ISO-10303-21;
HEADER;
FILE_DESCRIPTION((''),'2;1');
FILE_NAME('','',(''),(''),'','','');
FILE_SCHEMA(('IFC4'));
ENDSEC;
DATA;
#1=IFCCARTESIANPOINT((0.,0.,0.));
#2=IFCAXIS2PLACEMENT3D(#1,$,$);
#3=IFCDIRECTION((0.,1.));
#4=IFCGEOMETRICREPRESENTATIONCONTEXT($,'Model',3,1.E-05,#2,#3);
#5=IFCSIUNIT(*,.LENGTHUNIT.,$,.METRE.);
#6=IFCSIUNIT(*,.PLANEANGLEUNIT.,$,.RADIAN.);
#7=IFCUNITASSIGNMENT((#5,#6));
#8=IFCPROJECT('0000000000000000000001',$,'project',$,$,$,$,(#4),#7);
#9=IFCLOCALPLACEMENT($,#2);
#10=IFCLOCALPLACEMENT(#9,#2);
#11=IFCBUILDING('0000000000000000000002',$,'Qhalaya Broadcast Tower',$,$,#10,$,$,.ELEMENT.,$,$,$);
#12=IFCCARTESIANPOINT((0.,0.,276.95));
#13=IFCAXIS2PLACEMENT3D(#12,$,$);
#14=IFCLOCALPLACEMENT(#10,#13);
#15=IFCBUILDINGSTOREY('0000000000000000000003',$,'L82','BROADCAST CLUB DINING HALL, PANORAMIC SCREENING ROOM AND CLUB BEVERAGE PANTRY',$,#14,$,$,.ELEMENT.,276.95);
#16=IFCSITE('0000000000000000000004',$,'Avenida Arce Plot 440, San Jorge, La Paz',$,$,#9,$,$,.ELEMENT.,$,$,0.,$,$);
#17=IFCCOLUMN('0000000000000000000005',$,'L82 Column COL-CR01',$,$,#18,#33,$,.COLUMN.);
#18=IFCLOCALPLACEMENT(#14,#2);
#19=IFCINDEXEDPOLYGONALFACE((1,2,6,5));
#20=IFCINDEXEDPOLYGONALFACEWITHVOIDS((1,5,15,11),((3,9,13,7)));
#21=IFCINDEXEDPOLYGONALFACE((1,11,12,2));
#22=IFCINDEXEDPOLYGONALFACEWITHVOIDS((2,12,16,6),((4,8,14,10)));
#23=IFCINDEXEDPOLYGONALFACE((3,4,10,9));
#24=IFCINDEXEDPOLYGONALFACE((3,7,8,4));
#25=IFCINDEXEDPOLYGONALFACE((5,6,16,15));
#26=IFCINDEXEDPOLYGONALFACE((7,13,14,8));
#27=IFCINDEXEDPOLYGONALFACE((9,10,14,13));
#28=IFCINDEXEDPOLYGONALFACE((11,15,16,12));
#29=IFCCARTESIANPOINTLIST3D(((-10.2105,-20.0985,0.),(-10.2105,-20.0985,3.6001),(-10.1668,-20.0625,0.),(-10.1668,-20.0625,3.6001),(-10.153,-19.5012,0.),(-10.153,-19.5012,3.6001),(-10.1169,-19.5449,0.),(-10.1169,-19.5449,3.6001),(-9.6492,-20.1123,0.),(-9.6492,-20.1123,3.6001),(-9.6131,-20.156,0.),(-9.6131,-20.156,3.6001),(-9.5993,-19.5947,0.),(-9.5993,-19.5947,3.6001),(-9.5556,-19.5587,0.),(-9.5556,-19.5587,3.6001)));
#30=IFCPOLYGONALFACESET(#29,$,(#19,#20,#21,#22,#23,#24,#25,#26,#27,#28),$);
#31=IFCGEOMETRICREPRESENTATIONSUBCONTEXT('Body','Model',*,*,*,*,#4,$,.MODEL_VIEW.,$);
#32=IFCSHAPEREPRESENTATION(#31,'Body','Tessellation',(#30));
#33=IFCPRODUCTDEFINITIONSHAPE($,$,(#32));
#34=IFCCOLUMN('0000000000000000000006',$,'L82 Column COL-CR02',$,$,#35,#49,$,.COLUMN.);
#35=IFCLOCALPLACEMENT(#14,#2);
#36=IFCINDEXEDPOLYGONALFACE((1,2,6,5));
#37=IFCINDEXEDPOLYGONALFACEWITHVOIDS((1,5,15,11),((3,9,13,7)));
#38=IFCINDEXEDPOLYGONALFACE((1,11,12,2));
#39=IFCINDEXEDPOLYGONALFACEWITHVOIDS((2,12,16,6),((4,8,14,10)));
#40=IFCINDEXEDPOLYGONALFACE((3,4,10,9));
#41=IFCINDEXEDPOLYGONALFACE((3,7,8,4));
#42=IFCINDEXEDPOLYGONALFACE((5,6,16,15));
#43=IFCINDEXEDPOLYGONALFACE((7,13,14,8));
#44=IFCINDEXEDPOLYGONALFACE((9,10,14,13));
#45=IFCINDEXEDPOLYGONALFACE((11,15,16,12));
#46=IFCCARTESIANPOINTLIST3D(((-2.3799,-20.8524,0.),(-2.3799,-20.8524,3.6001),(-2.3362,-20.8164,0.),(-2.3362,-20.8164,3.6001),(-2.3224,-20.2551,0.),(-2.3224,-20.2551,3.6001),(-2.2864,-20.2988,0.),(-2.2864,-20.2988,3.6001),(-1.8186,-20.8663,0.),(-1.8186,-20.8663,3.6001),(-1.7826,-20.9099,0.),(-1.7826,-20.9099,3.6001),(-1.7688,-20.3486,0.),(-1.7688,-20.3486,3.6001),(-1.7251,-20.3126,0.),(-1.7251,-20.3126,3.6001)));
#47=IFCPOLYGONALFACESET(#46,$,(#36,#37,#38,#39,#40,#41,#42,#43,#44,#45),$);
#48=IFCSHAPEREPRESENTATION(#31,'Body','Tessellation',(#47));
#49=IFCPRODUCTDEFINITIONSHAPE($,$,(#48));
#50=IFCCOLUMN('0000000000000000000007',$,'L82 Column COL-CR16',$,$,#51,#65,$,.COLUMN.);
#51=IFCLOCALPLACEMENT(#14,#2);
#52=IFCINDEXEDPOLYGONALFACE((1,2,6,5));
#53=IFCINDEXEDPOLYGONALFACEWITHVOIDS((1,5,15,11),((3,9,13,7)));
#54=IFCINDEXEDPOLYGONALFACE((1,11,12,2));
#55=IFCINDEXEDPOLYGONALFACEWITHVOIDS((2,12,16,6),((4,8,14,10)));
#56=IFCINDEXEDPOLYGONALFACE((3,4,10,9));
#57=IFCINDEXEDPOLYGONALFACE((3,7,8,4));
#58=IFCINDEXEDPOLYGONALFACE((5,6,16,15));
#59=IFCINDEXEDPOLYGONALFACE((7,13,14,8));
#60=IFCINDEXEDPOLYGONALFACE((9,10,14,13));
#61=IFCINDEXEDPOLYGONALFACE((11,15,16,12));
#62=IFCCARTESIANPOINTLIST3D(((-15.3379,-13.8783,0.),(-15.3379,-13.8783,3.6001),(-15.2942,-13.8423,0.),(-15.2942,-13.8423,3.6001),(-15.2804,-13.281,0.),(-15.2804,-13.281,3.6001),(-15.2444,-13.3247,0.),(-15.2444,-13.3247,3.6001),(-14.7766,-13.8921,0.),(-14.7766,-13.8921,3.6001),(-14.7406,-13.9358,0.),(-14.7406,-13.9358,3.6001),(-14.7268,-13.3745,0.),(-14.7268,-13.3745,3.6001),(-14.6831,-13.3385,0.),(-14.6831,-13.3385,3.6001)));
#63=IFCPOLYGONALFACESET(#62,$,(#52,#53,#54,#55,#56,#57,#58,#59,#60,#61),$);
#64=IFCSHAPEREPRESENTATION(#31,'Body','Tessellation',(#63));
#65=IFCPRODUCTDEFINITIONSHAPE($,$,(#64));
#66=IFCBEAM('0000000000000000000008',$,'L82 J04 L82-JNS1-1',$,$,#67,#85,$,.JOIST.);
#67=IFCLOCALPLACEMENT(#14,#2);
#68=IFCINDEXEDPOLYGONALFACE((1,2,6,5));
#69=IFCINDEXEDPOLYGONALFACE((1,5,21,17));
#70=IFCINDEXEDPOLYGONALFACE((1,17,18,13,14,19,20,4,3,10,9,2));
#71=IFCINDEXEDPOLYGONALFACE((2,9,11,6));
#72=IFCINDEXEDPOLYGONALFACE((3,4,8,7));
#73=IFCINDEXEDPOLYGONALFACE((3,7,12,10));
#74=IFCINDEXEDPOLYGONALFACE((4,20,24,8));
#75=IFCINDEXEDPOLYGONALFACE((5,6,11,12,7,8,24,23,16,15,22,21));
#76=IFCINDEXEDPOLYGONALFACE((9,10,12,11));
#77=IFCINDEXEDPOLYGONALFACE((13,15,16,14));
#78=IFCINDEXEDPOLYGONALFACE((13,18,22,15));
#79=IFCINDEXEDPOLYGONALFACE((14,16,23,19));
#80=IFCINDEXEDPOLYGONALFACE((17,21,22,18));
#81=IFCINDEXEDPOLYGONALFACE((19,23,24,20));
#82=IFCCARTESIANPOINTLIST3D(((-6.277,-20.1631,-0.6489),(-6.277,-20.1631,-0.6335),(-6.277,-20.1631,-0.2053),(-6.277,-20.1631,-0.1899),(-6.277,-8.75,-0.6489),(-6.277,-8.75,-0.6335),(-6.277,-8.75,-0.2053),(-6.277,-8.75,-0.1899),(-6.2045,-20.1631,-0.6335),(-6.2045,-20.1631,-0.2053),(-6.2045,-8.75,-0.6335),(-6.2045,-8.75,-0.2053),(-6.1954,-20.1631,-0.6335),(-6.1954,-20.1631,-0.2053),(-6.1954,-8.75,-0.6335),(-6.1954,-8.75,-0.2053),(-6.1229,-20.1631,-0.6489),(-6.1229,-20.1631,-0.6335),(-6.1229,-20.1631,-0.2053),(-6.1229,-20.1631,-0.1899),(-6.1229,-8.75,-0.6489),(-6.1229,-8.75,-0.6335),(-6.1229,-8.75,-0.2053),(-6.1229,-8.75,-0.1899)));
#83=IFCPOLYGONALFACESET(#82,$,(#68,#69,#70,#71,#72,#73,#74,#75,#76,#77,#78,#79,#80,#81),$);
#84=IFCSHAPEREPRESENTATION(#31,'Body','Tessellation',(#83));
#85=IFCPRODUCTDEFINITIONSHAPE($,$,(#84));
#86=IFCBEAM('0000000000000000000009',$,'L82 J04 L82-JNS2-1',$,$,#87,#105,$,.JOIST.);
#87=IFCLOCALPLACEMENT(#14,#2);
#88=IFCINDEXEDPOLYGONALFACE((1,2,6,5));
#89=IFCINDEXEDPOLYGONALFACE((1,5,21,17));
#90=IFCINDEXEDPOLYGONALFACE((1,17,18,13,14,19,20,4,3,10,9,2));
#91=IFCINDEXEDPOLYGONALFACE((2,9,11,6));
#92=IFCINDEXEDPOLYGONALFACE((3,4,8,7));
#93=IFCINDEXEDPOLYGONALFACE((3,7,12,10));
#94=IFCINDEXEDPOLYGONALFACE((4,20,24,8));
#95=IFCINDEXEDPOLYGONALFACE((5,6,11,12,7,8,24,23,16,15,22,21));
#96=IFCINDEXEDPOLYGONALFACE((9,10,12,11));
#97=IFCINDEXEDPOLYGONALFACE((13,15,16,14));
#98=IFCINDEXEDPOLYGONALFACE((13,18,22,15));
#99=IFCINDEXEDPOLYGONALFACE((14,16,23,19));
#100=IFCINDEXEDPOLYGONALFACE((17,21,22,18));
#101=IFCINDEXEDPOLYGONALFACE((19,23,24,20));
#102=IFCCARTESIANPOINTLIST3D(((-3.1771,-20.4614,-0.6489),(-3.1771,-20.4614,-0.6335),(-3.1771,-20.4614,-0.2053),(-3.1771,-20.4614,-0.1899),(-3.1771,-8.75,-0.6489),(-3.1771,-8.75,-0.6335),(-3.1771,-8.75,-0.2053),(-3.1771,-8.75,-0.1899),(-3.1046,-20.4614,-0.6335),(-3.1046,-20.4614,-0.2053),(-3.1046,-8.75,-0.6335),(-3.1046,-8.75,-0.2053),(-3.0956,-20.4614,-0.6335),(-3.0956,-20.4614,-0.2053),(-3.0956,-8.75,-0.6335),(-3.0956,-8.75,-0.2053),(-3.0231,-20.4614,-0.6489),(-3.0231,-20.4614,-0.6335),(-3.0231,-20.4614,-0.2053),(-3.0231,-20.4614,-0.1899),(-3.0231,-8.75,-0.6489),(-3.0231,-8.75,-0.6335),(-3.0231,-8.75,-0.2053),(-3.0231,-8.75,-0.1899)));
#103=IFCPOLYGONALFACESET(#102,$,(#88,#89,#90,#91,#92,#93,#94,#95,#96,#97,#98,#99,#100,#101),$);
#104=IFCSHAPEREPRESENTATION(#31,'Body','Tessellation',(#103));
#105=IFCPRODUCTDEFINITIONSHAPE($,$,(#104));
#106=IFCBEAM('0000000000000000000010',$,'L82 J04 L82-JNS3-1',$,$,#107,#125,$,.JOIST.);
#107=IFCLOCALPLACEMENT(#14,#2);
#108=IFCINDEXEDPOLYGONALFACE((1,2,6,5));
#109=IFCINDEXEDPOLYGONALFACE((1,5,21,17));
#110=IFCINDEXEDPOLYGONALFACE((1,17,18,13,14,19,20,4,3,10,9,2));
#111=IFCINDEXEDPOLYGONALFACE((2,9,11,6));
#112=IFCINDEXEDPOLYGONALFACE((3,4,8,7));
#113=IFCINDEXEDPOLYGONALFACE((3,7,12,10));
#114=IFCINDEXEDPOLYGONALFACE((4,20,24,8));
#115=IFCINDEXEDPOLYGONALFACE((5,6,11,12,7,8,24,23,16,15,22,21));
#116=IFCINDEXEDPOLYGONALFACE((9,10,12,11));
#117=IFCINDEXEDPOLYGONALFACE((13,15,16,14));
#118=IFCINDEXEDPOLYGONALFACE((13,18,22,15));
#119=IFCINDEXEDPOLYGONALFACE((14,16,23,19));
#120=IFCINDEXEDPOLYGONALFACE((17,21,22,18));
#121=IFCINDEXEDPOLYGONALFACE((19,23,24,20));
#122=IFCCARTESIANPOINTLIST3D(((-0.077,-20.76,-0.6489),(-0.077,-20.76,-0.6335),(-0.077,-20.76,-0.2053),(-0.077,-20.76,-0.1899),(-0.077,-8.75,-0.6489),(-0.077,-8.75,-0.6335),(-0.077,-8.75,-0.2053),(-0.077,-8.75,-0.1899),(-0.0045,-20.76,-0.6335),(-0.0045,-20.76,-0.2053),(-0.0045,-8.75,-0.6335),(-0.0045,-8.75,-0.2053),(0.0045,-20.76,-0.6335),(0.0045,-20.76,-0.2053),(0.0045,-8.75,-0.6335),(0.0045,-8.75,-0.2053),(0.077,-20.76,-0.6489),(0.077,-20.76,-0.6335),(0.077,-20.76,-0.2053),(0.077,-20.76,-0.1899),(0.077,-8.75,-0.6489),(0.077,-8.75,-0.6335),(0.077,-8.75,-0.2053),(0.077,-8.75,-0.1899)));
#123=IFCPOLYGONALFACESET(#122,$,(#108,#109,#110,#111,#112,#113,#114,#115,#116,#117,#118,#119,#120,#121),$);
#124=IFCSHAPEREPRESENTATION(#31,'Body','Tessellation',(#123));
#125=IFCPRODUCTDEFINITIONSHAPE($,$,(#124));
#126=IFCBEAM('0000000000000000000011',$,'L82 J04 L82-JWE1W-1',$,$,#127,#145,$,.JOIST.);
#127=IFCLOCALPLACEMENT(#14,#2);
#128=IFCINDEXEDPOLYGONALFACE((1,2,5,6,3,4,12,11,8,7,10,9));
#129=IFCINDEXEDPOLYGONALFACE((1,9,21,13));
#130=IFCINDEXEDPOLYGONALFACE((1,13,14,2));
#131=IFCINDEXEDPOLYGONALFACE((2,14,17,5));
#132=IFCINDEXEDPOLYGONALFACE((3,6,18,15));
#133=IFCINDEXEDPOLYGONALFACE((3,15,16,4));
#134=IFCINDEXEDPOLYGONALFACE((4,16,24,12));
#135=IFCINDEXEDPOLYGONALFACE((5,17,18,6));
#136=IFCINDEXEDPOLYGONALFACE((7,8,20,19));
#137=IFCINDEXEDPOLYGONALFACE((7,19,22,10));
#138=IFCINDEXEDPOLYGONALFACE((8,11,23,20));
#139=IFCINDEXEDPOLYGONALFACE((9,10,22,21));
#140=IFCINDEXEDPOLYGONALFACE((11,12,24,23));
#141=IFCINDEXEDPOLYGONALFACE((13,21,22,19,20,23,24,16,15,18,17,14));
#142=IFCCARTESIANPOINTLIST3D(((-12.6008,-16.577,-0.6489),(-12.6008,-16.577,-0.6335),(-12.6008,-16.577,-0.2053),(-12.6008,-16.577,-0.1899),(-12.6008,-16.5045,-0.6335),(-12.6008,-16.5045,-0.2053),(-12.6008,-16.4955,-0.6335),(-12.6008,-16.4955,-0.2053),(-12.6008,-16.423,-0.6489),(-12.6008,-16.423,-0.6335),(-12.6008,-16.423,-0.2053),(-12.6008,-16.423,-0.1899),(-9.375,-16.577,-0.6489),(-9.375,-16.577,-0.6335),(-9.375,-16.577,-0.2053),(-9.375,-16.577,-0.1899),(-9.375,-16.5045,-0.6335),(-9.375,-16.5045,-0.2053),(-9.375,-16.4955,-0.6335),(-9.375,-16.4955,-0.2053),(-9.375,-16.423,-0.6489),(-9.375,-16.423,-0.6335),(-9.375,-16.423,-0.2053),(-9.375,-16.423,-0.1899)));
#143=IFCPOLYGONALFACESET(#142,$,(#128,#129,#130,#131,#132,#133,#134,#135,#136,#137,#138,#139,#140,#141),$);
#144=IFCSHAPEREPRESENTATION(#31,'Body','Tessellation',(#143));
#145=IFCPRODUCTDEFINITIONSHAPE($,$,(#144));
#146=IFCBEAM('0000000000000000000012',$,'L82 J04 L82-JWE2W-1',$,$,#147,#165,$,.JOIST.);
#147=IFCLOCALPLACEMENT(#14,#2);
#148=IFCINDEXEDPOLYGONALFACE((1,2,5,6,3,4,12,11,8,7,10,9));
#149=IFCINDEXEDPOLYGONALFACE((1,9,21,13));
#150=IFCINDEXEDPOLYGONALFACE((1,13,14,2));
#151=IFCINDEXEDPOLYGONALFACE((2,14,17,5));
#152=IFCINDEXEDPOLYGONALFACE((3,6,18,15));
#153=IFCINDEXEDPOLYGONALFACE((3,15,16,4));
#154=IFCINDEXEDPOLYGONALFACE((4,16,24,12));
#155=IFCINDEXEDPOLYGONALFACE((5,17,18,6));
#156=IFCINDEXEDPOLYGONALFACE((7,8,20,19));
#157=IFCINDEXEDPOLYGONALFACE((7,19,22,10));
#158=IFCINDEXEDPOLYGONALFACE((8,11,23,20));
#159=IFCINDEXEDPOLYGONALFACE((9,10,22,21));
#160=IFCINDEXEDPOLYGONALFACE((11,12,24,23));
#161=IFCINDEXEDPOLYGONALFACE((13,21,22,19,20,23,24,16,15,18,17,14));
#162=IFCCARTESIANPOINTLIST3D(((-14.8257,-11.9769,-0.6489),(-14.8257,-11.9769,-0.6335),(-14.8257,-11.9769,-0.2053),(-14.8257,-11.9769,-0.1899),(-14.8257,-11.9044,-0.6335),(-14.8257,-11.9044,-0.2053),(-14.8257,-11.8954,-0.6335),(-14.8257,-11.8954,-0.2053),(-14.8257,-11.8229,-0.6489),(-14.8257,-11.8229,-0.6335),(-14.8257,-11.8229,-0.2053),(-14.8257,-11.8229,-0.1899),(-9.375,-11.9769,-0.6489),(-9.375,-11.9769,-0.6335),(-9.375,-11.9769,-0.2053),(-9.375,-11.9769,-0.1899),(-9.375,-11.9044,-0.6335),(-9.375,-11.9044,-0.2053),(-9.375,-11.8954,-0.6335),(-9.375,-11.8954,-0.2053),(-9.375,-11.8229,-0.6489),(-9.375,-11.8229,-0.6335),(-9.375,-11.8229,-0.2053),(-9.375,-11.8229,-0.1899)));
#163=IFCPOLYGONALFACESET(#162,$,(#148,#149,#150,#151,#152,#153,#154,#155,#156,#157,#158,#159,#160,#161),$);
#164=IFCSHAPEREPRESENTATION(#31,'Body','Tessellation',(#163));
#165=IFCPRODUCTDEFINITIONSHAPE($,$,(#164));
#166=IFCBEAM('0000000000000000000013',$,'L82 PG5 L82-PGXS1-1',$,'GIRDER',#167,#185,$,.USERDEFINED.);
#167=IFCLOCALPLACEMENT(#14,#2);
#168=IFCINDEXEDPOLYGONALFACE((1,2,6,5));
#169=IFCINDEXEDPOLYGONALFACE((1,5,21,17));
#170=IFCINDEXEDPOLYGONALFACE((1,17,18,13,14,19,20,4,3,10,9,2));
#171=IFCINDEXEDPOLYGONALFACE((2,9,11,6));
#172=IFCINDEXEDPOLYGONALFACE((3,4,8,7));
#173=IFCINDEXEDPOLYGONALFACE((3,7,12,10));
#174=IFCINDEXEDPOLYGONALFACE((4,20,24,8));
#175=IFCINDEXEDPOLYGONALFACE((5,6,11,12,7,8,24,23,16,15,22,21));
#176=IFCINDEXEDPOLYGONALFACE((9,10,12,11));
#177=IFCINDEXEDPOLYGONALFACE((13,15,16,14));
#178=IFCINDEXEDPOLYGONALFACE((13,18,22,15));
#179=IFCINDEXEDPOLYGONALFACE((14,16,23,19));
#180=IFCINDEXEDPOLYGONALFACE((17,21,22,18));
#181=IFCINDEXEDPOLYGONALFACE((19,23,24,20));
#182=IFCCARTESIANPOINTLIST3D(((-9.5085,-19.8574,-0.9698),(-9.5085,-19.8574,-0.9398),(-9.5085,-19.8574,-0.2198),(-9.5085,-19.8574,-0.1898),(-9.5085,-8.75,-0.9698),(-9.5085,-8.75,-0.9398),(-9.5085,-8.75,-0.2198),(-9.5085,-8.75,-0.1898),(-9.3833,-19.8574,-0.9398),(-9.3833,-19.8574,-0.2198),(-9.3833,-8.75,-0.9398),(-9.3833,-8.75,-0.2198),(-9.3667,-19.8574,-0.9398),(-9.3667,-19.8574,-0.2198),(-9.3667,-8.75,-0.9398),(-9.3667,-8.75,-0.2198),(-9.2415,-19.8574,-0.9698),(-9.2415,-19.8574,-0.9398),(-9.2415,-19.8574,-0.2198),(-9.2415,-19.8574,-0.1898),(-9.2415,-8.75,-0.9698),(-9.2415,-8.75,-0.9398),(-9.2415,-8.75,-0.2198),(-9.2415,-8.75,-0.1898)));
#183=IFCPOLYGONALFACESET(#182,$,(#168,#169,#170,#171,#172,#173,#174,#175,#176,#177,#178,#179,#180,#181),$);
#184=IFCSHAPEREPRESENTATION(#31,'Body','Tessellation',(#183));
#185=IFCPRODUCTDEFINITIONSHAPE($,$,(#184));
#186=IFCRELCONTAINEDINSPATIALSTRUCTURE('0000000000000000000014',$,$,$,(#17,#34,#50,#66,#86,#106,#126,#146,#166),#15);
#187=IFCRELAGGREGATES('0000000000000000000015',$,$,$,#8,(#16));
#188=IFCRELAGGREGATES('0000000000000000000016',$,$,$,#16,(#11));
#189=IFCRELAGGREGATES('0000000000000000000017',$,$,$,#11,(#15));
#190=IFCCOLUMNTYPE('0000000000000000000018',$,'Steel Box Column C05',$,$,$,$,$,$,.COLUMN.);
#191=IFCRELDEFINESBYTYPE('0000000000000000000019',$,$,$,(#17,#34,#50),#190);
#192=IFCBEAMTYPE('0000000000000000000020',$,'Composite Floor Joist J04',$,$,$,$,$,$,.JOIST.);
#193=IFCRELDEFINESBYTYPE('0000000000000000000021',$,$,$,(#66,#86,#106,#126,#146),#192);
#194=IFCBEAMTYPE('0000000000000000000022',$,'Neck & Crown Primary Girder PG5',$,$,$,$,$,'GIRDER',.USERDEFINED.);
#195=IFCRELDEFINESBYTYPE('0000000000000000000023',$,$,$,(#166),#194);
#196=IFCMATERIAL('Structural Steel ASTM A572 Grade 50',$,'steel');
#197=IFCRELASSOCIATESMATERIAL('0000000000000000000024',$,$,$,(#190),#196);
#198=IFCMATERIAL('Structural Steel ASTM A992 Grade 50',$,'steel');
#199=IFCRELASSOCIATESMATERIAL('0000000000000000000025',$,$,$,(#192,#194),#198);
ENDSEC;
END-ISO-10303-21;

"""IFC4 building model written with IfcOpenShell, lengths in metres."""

from ifc_helpers import new_model, si_unit, direction, frame, origin, origin_2d, place, context, subcontext, project, spatial, hollow_rectangle, i_section, extrude, material, material_profile, profile_set, type_object, element, save


model = new_model("IFC4")

# Units and contexts
model_context = context("Model", 3, precision=1e-05, world=origin(), true_north=direction((0.0, 1.0)))
body_context = subcontext(model_context, "Body", "Model", "MODEL_VIEW")
ifc_project = project(units=[si_unit("LENGTHUNIT", "METRE"), si_unit("PLANEANGLEUNIT", "RADIAN")], contexts=[model_context])

# Site, building, storey
site_placement = place(None, origin())
site = spatial("IfcSite", under=ifc_project, at=site_placement, Name="Avenida Arce Plot 440, San Jorge, La Paz", CompositionType="ELEMENT", RefElevation=0.0)
building_placement = place(site_placement, origin())
building = spatial("IfcBuilding", under=site, at=building_placement, Name="Qhalaya Broadcast Tower", CompositionType="ELEMENT")
storey_placement = place(building_placement, frame((0.0, 0.0, 276.95)))
storey = spatial("IfcBuildingStorey", under=building, at=storey_placement, Name="L82", Description="BROADCAST CLUB DINING HALL, PANORAMIC SCREENING ROOM AND CLUB BEVERAGE PANTRY", CompositionType="ELEMENT", Elevation=276.95)

# Columns
ifc_material_1 = material(Name="Structural Steel ASTM A572 Grade 50", Category="steel")
ifc_material_profile_1 = material_profile(ifc_material_1, hollow_rectangle(XDim=0.6001, YDim=0.6001, WallThickness=0.04, at=origin_2d()), Name="BOX 600x600x40")
ifc_profile_set_1 = profile_set([ifc_material_profile_1], Name="Structural Steel ASTM A572 Grade 50")
column_type = type_object("IfcColumnType", Name="Steel Box Column C05", PredefinedType="COLUMN", material=ifc_profile_set_1)
for number, where, z_axis, x_axis, name in (
    (1, (-9.8831, -19.8286, 0.0), (0.0, 0.0, 1.0), (0.995396, -0.095846, 0.0), "L82 Column COL-CR01"),
    (2, (-2.0525, -20.5825, 0.0), (0.0, 0.0, 1.0), (0.995396, -0.095846, 0.0), "L82 Column COL-CR02"),
    (3, (-15.0105, -13.6084, 0.0), (0.0, 0.0, 1.0), (0.095846, 0.995396, 0.0), "L82 Column COL-CR16"),
):
    element("IfcColumn", number, at=place(storey_placement, frame(where, z_axis=z_axis, x_axis=x_axis)), inside=storey, type_object=column_type, Name=name, PredefinedType="COLUMN", context=body_context, shape_type="SweptSolid", body=[
        extrude(hollow_rectangle(XDim=0.6001, YDim=0.6001, WallThickness=0.04, at=origin_2d()), origin(), (0.0, 0.0, 1.0), 3.6001),
    ])

# Beams
ifc_material_2 = material(Name="Structural Steel ASTM A992 Grade 50", Category="steel")
ifc_material_profile_2 = material_profile(ifc_material_2, i_section(OverallWidth=0.1541, OverallDepth=0.459, WebThickness=0.009, FlangeThickness=0.0154, at=origin_2d()), Name="W18X46")
ifc_profile_set_2 = profile_set([ifc_material_profile_2], Name="Structural Steel ASTM A992 Grade 50")
beam_type_1 = type_object("IfcBeamType", Name="Composite Floor Joist J04", PredefinedType="JOIST", material=ifc_profile_set_2)
beam_1_placement = place(storey_placement, frame((-6.2, -20.1631, -0.4194), z_axis=(0.0, 1.0, 0.0), x_axis=(-1.0, 0.0, 0.0)))
element("IfcBeam", 4, at=beam_1_placement, inside=storey, type_object=beam_type_1, Name="L82 J04 L82-JNS1-1", PredefinedType="JOIST", context=body_context, shape_type="SweptSolid", body=[
    extrude(i_section(OverallWidth=0.1541, OverallDepth=0.459, WebThickness=0.009, FlangeThickness=0.0154, at=origin_2d()), origin(), (0.0, 0.0, 1.0), 11.4131),
])
beam_2_placement = place(storey_placement, frame((-3.1001, -20.4614, -0.4194), z_axis=(0.0, 1.0, 0.0), x_axis=(-1.0, 0.0, 0.0)))
element("IfcBeam", 5, at=beam_2_placement, inside=storey, type_object=beam_type_1, Name="L82 J04 L82-JNS2-1", PredefinedType="JOIST", context=body_context, shape_type="SweptSolid", body=[
    extrude(i_section(OverallWidth=0.1541, OverallDepth=0.459, WebThickness=0.009, FlangeThickness=0.0154, at=origin_2d()), origin(), (0.0, 0.0, 1.0), 11.7114),
])
beam_3_placement = place(storey_placement, frame((0.0, -20.76, -0.4194), z_axis=(0.0, 1.0, 0.0), x_axis=(-1.0, 0.0, 0.0)))
element("IfcBeam", 6, at=beam_3_placement, inside=storey, type_object=beam_type_1, Name="L82 J04 L82-JNS3-1", PredefinedType="JOIST", context=body_context, shape_type="SweptSolid", body=[
    extrude(i_section(OverallWidth=0.1541, OverallDepth=0.459, WebThickness=0.009, FlangeThickness=0.0154, at=origin_2d()), origin(), (0.0, 0.0, 1.0), 12.01),
])
beam_4_placement = place(storey_placement, frame((-12.6008, -16.5, -0.4194), z_axis=(1.0, 0.0, 0.0), x_axis=(0.0, 1.0, 0.0)))
element("IfcBeam", 7, at=beam_4_placement, inside=storey, type_object=beam_type_1, Name="L82 J04 L82-JWE1W-1", PredefinedType="JOIST", context=body_context, shape_type="SweptSolid", body=[
    extrude(i_section(OverallWidth=0.1541, OverallDepth=0.459, WebThickness=0.009, FlangeThickness=0.0154, at=origin_2d()), origin(), (0.0, 0.0, 1.0), 3.2258),
])
beam_5_placement = place(storey_placement, frame((-14.8257, -11.8999, -0.4194), z_axis=(1.0, 0.0, 0.0), x_axis=(0.0, 1.0, 0.0)))
element("IfcBeam", 8, at=beam_5_placement, inside=storey, type_object=beam_type_1, Name="L82 J04 L82-JWE2W-1", PredefinedType="JOIST", context=body_context, shape_type="SweptSolid", body=[
    extrude(i_section(OverallWidth=0.1541, OverallDepth=0.459, WebThickness=0.009, FlangeThickness=0.0154, at=origin_2d()), origin(), (0.0, 0.0, 1.0), 5.4507),
])
ifc_material_profile_3 = material_profile(ifc_material_2, i_section(OverallWidth=0.2671, OverallDepth=0.78, WebThickness=0.0166, FlangeThickness=0.03, at=origin_2d()), Name="W30X148")
ifc_profile_set_3 = profile_set([ifc_material_profile_3], Name="Structural Steel ASTM A992 Grade 50")
beam_type_2 = type_object("IfcBeamType", Name="Neck & Crown Primary Girder PG5", ElementType="GIRDER", PredefinedType="USERDEFINED", material=ifc_profile_set_3)
beam_6_placement = place(storey_placement, frame((-9.375, -19.8574, -0.5798), z_axis=(0.0, 1.0, 0.0), x_axis=(-1.0, 0.0, 0.0)))
element("IfcBeam", 9, at=beam_6_placement, inside=storey, type_object=beam_type_2, Name="L82 PG5 L82-PGXS1-1", ObjectType="GIRDER", PredefinedType="USERDEFINED", context=body_context, shape_type="SweptSolid", body=[
    extrude(i_section(OverallWidth=0.2671, OverallDepth=0.78, WebThickness=0.0166, FlangeThickness=0.03, at=origin_2d()), origin(), (0.0, 0.0, 1.0), 11.1074),
])

save(model, "model.ifc")
